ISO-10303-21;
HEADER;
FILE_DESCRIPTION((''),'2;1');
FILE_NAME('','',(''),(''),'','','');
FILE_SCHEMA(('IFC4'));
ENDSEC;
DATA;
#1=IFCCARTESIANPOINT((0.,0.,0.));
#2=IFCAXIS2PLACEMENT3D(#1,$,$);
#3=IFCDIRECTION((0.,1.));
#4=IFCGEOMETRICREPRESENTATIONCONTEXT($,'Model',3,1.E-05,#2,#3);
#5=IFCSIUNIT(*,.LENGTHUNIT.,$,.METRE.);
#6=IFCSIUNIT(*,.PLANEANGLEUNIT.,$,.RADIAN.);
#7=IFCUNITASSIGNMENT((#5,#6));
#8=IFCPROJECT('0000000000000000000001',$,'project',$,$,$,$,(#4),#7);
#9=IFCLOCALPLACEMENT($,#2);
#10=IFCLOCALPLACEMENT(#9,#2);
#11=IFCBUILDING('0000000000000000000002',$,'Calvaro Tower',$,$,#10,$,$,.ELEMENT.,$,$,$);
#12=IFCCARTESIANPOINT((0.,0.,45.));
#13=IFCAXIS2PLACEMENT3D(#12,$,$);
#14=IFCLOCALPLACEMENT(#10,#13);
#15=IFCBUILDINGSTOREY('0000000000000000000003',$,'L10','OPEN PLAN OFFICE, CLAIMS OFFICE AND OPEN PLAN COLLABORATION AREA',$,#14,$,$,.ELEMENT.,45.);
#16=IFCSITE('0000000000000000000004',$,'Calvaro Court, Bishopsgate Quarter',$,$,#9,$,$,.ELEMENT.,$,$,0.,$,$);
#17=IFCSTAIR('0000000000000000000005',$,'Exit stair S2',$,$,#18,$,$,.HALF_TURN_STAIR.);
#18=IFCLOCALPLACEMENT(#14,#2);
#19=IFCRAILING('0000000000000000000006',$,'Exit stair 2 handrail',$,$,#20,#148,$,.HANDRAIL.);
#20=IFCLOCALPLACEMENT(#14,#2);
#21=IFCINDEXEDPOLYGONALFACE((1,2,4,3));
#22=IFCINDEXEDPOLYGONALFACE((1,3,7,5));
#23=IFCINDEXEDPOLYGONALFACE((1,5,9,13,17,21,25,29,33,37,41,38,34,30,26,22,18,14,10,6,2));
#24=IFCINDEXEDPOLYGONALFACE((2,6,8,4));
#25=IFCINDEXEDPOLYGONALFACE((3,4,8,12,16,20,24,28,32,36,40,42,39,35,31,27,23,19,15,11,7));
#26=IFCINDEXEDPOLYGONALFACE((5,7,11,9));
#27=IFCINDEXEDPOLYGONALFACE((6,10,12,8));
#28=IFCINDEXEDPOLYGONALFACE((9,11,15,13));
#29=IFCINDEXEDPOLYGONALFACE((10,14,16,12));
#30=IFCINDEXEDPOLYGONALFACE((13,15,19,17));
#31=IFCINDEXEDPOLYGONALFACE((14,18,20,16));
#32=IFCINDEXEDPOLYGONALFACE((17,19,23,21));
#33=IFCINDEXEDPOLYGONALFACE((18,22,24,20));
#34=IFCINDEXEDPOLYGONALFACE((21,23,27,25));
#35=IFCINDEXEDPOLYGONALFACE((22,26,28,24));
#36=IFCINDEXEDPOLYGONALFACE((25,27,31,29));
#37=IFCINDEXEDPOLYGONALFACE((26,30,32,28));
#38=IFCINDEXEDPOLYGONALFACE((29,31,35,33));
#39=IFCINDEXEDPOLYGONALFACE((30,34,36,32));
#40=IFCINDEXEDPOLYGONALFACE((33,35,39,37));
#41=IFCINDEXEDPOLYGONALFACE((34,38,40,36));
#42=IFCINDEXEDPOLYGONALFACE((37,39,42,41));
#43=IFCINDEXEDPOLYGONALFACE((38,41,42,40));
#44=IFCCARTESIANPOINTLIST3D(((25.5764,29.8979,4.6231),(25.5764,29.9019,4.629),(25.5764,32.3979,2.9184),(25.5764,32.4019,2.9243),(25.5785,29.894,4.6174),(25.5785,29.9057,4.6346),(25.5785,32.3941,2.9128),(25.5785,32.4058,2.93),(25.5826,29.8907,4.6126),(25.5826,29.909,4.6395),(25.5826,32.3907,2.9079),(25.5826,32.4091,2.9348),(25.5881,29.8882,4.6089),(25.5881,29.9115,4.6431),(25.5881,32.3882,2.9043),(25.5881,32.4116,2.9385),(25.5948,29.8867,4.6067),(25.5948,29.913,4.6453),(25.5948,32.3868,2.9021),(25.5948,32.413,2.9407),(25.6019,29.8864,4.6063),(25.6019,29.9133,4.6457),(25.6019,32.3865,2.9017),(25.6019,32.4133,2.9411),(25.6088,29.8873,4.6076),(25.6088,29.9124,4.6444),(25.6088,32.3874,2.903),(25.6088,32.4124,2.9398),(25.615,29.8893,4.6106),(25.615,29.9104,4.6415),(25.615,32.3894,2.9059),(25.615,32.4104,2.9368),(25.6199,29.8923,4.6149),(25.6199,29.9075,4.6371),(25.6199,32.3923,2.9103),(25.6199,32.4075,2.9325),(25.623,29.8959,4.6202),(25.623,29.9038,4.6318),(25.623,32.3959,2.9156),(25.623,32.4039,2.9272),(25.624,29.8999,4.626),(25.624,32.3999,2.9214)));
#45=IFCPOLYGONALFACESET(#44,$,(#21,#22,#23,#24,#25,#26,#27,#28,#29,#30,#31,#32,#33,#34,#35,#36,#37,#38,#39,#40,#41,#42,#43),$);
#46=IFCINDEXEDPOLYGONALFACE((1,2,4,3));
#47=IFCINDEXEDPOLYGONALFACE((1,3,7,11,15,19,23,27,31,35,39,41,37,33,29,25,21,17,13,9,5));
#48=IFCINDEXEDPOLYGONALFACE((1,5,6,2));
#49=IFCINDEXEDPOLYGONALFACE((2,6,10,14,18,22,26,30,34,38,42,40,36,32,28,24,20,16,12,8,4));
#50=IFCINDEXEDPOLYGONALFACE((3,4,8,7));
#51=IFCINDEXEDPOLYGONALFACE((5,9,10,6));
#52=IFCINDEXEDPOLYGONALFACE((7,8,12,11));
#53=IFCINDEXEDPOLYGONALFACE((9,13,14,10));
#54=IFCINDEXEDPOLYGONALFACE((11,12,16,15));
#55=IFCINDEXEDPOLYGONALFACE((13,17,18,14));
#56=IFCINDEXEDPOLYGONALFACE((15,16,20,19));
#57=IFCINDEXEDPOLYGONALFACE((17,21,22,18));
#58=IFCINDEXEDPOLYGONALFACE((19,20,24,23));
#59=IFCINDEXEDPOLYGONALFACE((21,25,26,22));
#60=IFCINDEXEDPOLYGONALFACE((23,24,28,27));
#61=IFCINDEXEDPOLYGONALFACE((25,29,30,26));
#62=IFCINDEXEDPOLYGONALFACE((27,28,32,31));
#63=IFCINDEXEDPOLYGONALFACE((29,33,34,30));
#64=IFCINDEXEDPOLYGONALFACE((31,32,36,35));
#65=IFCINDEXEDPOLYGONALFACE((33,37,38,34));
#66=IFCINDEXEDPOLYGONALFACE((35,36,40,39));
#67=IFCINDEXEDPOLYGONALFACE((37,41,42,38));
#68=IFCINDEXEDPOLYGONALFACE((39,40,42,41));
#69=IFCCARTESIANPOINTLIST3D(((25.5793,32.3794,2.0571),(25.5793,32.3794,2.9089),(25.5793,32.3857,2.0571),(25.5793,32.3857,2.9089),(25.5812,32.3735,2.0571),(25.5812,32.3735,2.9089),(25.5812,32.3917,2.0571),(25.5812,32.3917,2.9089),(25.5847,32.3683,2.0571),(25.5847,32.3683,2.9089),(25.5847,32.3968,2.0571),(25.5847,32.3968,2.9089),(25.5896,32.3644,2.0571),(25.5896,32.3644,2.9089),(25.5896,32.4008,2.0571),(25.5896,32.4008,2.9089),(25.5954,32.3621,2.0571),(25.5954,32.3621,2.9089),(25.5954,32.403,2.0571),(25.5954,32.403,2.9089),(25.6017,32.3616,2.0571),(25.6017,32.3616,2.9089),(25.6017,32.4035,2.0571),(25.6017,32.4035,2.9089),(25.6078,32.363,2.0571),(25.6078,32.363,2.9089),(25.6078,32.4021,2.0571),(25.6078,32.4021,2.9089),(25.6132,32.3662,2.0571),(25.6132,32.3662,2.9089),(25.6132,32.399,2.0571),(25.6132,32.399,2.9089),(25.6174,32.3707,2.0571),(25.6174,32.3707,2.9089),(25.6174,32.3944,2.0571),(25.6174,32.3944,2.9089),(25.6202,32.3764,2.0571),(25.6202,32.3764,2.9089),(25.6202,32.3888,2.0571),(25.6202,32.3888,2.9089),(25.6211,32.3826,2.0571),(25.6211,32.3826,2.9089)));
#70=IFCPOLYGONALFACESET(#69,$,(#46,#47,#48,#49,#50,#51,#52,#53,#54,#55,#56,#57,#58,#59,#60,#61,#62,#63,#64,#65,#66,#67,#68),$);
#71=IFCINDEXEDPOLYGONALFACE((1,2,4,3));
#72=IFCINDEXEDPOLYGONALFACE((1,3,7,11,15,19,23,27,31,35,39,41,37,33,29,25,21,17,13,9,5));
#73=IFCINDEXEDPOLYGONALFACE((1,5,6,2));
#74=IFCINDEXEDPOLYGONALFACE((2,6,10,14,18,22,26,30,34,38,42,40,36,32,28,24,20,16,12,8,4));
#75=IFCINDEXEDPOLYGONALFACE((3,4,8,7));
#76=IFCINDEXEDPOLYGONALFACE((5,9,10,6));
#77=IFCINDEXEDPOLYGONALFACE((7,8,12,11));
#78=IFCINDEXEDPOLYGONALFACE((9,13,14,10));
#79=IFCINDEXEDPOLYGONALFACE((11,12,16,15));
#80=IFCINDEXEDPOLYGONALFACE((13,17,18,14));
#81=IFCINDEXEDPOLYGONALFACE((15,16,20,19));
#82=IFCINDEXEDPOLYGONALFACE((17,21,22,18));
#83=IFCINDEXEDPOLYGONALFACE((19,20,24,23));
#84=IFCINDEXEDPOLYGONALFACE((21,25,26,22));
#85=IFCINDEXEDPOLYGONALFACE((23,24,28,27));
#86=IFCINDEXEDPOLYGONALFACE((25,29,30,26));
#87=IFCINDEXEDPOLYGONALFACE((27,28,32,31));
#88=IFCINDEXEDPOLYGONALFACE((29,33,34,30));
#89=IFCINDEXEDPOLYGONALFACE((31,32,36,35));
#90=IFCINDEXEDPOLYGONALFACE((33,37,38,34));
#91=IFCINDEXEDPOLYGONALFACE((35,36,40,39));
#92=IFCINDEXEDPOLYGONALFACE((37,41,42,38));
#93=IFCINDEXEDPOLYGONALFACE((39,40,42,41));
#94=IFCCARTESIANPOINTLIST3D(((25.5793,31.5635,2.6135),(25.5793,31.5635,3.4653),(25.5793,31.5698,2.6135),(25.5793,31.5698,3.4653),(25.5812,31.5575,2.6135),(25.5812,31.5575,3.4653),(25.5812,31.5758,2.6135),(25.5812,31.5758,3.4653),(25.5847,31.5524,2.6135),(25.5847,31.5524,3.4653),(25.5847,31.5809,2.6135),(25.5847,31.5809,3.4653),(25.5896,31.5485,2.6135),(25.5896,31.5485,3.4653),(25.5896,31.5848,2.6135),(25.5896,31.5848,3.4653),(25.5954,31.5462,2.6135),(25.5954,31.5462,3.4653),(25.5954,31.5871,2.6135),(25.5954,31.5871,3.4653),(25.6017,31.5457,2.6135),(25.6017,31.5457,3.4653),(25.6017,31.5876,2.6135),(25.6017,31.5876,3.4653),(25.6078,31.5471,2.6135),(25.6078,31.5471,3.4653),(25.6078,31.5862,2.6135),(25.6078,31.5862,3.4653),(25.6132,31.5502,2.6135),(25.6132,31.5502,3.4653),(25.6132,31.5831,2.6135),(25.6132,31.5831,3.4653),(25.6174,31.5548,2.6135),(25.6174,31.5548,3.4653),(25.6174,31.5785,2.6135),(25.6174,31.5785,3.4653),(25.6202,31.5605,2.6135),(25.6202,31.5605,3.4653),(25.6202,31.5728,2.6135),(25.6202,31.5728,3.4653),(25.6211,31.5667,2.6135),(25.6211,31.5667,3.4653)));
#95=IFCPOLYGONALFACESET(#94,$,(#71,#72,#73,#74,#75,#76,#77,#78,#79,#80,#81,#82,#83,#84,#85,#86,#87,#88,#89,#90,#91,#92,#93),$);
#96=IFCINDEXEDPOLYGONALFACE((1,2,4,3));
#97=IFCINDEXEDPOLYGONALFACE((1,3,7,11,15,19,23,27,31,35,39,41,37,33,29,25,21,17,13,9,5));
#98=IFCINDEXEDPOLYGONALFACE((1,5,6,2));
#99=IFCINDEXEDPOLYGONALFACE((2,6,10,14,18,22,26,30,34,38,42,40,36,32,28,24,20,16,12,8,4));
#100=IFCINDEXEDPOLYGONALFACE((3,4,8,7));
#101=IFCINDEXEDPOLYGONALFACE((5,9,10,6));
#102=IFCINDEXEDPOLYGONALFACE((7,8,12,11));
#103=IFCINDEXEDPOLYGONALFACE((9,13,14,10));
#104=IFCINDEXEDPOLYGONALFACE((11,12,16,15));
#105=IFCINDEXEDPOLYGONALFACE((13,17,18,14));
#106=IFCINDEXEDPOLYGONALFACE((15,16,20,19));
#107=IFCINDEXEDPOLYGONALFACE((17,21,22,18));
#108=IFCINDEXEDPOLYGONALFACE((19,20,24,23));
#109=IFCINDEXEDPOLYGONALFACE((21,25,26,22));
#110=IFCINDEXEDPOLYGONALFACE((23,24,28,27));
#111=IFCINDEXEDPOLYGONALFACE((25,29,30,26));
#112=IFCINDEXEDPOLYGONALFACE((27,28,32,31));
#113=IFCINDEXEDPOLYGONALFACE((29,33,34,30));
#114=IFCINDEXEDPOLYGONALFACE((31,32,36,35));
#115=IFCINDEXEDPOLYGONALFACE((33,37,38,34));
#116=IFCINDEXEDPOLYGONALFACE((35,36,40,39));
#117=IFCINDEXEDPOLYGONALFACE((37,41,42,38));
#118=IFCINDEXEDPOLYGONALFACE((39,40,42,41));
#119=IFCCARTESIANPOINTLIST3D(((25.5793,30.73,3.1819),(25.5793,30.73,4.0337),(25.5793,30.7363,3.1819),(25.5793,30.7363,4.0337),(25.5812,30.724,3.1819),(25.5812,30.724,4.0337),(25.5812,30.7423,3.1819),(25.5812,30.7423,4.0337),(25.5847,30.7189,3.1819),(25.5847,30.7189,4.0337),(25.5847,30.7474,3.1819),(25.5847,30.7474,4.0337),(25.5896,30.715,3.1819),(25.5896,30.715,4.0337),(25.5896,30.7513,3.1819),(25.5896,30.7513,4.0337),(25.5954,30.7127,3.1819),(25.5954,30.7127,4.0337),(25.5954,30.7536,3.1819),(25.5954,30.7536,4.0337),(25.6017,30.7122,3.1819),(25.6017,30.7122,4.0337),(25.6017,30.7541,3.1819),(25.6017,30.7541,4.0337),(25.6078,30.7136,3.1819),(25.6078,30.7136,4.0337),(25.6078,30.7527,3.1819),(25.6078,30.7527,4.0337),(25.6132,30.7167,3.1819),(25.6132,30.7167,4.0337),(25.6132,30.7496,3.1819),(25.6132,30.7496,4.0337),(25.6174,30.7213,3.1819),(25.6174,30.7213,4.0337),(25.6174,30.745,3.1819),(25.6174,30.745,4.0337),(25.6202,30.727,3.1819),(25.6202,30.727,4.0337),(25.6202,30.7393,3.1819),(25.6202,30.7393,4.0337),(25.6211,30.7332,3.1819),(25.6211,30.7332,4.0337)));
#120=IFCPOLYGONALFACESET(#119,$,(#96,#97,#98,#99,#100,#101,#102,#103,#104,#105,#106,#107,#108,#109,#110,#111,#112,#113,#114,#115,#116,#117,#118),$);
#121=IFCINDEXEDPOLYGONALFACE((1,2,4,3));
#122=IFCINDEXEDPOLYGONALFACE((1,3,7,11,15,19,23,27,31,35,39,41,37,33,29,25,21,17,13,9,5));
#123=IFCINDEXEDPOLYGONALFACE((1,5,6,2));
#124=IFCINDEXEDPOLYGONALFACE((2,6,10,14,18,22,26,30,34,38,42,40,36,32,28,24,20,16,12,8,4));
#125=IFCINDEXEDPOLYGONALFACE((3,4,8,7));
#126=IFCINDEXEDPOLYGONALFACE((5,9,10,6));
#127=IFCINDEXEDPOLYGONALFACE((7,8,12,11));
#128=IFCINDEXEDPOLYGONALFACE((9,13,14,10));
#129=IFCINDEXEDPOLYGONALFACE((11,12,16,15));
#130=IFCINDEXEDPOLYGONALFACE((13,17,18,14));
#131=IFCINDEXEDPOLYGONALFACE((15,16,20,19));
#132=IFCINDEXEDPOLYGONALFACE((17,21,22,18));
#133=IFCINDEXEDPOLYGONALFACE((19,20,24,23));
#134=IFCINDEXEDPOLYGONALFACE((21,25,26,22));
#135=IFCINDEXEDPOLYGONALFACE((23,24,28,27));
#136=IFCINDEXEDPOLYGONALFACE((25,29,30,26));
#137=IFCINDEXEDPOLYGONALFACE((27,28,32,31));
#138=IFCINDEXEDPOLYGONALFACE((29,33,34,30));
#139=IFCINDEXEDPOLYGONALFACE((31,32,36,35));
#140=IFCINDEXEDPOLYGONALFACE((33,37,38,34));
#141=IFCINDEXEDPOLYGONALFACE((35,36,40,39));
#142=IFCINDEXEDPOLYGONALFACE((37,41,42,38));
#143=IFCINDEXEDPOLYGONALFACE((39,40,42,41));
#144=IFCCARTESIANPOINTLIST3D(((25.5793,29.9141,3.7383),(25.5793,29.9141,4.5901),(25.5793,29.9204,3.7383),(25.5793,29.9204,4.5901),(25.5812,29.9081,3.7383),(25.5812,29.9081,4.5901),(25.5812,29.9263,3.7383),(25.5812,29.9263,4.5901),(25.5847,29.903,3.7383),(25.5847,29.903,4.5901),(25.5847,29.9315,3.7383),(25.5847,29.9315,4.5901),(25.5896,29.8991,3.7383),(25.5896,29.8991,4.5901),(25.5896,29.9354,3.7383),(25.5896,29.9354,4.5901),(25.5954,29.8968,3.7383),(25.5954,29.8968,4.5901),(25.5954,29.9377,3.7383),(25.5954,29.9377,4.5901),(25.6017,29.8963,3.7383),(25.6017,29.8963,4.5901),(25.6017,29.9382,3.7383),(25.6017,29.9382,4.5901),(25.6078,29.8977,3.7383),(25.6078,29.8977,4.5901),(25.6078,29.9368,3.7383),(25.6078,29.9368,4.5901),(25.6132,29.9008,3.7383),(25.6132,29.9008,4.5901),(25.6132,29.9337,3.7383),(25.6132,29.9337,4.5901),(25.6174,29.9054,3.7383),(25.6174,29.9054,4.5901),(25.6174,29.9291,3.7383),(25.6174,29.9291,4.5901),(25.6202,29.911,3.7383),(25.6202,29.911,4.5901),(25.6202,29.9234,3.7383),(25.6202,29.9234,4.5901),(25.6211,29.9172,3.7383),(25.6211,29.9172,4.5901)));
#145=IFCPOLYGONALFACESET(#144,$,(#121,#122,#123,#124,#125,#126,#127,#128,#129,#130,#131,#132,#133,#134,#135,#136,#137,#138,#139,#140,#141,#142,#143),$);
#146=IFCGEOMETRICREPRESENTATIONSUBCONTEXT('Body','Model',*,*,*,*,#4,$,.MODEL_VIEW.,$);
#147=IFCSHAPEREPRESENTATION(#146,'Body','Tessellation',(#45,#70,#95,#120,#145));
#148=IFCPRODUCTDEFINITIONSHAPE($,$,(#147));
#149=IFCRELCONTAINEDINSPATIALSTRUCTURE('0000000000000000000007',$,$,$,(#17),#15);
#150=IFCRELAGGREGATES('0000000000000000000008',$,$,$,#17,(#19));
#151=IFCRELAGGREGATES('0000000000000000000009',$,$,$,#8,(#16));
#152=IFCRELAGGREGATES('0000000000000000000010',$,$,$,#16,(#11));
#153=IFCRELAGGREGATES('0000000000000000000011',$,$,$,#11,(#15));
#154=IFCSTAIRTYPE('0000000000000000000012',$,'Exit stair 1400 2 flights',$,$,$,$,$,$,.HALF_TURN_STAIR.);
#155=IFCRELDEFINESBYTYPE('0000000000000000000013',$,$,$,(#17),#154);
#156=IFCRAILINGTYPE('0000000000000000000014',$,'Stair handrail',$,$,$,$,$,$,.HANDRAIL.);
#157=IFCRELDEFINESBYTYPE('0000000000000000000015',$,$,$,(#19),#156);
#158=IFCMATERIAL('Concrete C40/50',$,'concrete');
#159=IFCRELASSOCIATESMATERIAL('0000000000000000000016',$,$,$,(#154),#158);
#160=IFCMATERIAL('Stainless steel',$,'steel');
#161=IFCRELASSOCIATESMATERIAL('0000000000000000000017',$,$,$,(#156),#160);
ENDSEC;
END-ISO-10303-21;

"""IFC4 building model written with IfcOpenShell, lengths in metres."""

from ifc_helpers import new_model, si_unit, direction, frame, origin, origin_2d, place, context, subcontext, project, spatial, circle, extrude, material, type_object, element, aggregate, save


model = new_model("IFC4")

# Units and contexts
model_context = context("Model", 3, precision=1e-05, world=origin(), true_north=direction((0.0, 1.0)))
body_context = subcontext(model_context, "Body", "Model", "MODEL_VIEW")
ifc_project = project(units=[si_unit("LENGTHUNIT", "METRE"), si_unit("PLANEANGLEUNIT", "RADIAN")], contexts=[model_context])

# Site, building, storey
site_placement = place(None, origin())
site = spatial("IfcSite", under=ifc_project, at=site_placement, Name="Calvaro Court, Bishopsgate Quarter", CompositionType="ELEMENT", RefElevation=0.0)
building_placement = place(site_placement, origin())
building = spatial("IfcBuilding", under=site, at=building_placement, Name="Calvaro Tower", CompositionType="ELEMENT")
storey_placement = place(building_placement, frame((0.0, 0.0, 45.0)))
storey = spatial("IfcBuildingStorey", under=building, at=storey_placement, Name="L10", Description="OPEN PLAN OFFICE, CLAIMS OFFICE AND OPEN PLAN COLLABORATION AREA", CompositionType="ELEMENT", Elevation=45.0)

# Stair, railing
ifc_material_1 = material(Name="Concrete C40/50", Category="concrete")
stair_type = type_object("IfcStairType", Name="Exit stair 1400 2 flights", PredefinedType="HALF_TURN_STAIR", material=ifc_material_1)
stair_placement = place(storey_placement, origin())
stair = element("IfcStair", 1, at=stair_placement, inside=storey, type_object=stair_type, Name="Exit stair S2", PredefinedType="HALF_TURN_STAIR")
ifc_material_2 = material(Name="Stainless steel", Category="steel")
railing_type = type_object("IfcRailingType", Name="Stair handrail", PredefinedType="HANDRAIL", material=ifc_material_2)
railing_1_placement = place(storey_placement, frame((25.6001, 32.3999, 2.0454)))
railing_1 = element("IfcRailing", 2, at=railing_1_placement, type_object=railing_type, Name="Exit stair 2 handrail", PredefinedType="HANDRAIL", context=body_context, shape_type="SweptSolid", body=[
    extrude(circle(Radius=0.0239, at=origin_2d()), frame((0.0, 0.0, 0.876), z_axis=(0.0, -0.826221, 0.563347), x_axis=(1.0, 0.0, 0.0)), (0.0, 0.0, 1.0), 3.0259),
    extrude(circle(Radius=0.021, at=origin_2d()), frame((0.0, -0.0173, 0.0117)), (0.0, 0.0, 1.0), 0.8518),
    extrude(circle(Radius=0.021, at=origin_2d()), frame((0.0, -0.8333, 0.5681)), (0.0, 0.0, 1.0), 0.8518),
    extrude(circle(Radius=0.021, at=origin_2d()), frame((0.0, -1.6667, 1.1365)), (0.0, 0.0, 1.0), 0.8518),
    extrude(circle(Radius=0.021, at=origin_2d()), frame((0.0, -2.4827, 1.6929)), (0.0, 0.0, 1.0), 0.8518),
])
aggregate(stair, [railing_1])

save(model, "model.ifc")
